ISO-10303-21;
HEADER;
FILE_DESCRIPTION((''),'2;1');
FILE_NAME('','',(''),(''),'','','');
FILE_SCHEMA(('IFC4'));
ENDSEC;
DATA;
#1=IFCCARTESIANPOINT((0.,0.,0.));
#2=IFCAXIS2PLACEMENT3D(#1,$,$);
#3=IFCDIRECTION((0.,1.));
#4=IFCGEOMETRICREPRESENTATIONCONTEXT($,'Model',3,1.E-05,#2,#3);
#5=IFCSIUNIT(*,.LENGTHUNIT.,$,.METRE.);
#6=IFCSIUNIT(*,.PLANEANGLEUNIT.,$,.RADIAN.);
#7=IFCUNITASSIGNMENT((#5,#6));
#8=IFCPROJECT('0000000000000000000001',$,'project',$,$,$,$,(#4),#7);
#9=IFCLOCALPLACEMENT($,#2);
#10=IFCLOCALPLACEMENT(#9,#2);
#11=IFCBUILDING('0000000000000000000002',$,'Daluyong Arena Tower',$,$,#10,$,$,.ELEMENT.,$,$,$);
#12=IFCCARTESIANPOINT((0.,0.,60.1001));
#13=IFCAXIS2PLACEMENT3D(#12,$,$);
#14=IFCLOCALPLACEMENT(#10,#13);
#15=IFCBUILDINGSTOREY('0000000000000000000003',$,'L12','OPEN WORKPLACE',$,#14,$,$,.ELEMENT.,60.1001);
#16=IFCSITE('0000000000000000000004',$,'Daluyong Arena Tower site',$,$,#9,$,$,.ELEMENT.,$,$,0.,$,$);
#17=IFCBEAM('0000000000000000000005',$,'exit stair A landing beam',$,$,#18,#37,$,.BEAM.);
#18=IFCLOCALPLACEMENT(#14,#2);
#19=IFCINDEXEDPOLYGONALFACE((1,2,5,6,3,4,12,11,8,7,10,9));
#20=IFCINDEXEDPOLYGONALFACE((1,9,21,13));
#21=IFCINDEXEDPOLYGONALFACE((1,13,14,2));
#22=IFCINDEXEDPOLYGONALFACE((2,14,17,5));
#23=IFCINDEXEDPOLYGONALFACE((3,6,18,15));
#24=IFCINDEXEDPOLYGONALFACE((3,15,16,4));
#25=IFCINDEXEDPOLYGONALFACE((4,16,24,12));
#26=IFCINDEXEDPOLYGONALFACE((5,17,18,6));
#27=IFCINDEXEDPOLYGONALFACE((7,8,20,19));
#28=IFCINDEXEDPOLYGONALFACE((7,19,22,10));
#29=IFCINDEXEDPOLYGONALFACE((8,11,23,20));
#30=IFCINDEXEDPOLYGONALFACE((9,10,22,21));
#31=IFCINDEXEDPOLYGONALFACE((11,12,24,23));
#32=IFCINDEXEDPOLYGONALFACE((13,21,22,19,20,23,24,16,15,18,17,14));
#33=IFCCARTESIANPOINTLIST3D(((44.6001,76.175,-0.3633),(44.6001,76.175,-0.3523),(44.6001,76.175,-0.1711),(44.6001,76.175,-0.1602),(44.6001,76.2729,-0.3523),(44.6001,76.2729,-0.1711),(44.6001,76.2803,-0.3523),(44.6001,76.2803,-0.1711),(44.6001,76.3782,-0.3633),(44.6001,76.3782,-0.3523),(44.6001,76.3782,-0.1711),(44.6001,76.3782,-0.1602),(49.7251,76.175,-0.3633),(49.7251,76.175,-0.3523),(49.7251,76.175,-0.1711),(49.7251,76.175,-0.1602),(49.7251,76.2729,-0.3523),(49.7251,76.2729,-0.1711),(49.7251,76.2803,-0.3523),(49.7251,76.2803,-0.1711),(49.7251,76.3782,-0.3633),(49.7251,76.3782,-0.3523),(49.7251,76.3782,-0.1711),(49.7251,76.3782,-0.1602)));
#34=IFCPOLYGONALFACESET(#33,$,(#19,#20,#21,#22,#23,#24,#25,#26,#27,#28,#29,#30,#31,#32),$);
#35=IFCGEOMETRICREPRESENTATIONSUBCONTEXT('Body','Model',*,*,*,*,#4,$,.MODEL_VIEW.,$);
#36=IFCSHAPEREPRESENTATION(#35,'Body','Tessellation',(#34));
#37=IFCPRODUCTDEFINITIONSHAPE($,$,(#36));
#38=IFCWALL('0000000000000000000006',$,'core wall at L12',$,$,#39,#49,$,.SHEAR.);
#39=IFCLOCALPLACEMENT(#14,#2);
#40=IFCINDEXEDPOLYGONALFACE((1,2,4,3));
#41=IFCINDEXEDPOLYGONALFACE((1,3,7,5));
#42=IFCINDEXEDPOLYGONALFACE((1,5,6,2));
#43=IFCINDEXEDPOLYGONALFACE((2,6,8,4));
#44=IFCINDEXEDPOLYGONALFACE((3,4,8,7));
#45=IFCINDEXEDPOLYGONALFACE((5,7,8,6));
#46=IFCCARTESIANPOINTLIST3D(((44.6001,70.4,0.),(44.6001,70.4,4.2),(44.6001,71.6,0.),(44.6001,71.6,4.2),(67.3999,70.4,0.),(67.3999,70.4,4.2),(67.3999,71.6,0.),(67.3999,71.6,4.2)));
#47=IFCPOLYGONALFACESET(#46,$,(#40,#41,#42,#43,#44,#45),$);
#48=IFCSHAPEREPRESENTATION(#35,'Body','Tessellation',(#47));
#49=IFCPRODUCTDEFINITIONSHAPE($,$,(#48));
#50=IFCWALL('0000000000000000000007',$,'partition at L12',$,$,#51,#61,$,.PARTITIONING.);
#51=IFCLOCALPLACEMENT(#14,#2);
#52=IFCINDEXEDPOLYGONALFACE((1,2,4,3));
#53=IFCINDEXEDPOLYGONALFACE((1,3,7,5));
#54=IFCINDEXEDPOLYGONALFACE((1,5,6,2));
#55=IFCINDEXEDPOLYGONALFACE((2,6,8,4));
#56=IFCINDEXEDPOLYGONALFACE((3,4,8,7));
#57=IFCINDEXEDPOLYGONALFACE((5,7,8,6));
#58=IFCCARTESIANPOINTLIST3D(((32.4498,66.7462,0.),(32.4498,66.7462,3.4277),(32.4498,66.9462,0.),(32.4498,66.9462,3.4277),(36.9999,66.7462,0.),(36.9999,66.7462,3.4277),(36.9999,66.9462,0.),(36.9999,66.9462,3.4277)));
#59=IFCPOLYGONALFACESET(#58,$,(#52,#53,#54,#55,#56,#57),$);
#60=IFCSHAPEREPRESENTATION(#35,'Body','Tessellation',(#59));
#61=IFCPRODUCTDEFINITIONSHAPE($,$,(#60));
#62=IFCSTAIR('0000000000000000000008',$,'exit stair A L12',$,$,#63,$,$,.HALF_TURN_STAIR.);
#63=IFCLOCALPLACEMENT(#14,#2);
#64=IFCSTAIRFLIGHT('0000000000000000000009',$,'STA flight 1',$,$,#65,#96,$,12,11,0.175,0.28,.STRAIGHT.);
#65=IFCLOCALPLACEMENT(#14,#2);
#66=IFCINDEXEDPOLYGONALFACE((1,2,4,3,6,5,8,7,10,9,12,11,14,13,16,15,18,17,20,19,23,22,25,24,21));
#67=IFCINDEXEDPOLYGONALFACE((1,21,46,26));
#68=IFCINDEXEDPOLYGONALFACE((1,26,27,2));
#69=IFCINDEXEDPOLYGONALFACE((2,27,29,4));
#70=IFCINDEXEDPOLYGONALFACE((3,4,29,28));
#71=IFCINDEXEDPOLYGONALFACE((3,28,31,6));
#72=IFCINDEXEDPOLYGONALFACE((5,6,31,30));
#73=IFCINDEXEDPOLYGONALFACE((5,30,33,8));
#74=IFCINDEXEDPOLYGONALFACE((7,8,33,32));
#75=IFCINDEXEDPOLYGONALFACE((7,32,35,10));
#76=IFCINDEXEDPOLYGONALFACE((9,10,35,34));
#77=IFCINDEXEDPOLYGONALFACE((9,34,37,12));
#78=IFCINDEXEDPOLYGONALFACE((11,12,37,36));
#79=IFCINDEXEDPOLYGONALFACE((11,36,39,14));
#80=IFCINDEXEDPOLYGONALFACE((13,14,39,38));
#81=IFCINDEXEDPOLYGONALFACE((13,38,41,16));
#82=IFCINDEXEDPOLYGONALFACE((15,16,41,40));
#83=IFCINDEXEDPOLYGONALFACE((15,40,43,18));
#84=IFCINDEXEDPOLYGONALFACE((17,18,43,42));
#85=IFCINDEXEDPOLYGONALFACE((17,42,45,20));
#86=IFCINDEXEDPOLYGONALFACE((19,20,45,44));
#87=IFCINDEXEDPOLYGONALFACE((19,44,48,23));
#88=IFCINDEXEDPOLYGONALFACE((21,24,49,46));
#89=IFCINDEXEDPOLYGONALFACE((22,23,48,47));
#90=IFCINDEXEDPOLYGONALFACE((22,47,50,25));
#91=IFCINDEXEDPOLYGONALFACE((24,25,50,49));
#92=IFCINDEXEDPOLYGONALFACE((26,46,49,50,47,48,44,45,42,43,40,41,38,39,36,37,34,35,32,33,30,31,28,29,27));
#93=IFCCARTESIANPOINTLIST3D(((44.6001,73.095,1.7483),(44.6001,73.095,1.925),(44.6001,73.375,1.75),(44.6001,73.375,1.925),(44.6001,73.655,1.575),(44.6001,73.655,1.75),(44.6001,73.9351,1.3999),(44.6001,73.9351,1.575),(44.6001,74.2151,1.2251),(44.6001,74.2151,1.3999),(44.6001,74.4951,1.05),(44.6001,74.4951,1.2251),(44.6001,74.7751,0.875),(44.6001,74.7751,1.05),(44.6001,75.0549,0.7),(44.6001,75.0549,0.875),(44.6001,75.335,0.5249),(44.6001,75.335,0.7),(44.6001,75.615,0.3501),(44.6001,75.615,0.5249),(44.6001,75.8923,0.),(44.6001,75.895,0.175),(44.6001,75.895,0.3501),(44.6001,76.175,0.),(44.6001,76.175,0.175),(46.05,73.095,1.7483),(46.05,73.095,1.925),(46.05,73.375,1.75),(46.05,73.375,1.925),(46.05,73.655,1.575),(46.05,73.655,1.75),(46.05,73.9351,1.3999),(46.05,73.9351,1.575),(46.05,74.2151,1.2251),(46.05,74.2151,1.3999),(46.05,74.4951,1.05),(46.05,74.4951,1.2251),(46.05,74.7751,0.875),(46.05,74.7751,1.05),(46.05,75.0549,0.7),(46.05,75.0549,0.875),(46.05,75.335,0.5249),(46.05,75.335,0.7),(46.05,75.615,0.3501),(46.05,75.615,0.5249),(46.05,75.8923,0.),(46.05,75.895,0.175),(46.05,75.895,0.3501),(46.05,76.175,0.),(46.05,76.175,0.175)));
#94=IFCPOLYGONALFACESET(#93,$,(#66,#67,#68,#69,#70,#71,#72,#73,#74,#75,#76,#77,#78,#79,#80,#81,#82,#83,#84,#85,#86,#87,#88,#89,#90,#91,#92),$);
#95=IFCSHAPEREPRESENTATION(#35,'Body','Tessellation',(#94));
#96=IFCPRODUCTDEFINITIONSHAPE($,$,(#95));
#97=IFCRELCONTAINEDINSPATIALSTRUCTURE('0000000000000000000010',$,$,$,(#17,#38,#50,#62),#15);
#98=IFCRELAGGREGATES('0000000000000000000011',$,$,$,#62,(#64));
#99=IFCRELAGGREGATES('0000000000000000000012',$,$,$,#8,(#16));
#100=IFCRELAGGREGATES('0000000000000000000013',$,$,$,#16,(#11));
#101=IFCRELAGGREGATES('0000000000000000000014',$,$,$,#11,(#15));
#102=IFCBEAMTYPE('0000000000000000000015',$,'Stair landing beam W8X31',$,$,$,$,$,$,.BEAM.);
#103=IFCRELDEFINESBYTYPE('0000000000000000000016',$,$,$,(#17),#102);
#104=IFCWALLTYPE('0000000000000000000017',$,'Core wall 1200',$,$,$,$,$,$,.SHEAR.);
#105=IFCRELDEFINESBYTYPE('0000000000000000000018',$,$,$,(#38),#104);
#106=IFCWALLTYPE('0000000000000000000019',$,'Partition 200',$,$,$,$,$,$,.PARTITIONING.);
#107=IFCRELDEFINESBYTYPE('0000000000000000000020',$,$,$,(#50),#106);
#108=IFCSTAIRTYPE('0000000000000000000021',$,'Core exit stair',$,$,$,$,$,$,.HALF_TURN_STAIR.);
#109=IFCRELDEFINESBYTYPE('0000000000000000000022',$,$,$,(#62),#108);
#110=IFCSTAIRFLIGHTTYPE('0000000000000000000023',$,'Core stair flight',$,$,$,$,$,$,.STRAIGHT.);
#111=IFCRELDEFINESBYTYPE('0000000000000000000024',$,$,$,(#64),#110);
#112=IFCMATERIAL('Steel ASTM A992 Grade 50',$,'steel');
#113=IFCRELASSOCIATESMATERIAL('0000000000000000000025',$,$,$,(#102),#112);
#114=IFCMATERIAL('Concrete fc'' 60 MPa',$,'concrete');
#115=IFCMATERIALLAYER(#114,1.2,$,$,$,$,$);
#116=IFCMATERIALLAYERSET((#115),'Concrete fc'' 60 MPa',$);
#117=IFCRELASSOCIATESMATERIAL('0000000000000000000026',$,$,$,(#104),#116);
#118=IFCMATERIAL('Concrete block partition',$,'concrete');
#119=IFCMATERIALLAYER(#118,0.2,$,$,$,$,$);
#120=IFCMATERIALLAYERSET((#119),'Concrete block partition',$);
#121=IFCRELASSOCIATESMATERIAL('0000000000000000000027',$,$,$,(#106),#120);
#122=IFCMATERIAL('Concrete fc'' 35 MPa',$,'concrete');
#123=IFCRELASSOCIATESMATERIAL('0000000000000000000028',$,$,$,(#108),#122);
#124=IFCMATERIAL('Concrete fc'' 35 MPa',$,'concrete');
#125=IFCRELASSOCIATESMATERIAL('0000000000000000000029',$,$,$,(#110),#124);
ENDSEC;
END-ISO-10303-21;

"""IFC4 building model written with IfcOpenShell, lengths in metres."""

from ifc_helpers import new_model, si_unit, direction, frame, frame_2d, origin, origin_2d, place, context, subcontext, project, spatial, polyline, rectangle, i_section, outline, extrude, material, layer, layer_set, material_profile, profile_set, type_object, element, aggregate, save


model = new_model("IFC4")

# Units and contexts
model_context = context("Model", 3, precision=1e-05, world=origin(), true_north=direction((0.0, 1.0)))
body_context = subcontext(model_context, "Body", "Model", "MODEL_VIEW")
ifc_project = project(units=[si_unit("LENGTHUNIT", "METRE"), si_unit("PLANEANGLEUNIT", "RADIAN")], contexts=[model_context])

# Site, building, storey
site_placement = place(None, origin())
site = spatial("IfcSite", under=ifc_project, at=site_placement, Name="Daluyong Arena Tower site", CompositionType="ELEMENT", RefElevation=0.0)
building_placement = place(site_placement, origin())
building = spatial("IfcBuilding", under=site, at=building_placement, Name="Daluyong Arena Tower", CompositionType="ELEMENT")
storey_placement = place(building_placement, frame((0.0, 0.0, 60.1001)))
storey = spatial("IfcBuildingStorey", under=building, at=storey_placement, Name="L12", Description="OPEN WORKPLACE", CompositionType="ELEMENT", Elevation=60.1001)

# Beam
ifc_material_1 = material(Name="Steel ASTM A992 Grade 50", Category="steel")
ifc_material_profile_1 = material_profile(ifc_material_1, i_section(OverallWidth=0.2031, OverallDepth=0.2031, WebThickness=0.0073, FlangeThickness=0.011, at=origin_2d()))
ifc_profile_set_1 = profile_set([ifc_material_profile_1], Name="Steel ASTM A992 Grade 50")
beam_type_1 = type_object("IfcBeamType", Name="Stair landing beam W8X31", PredefinedType="BEAM", material=ifc_profile_set_1)
beam_1_placement = place(storey_placement, frame((44.6001, 76.2766, -0.2617), z_axis=(1.0, 0.0, 0.0), x_axis=(0.0, 1.0, 0.0)))
element("IfcBeam", 1, at=beam_1_placement, inside=storey, type_object=beam_type_1, Name="exit stair A landing beam", PredefinedType="BEAM", context=body_context, shape_type="SweptSolid", body=[
    extrude(i_section(OverallWidth=0.2031, OverallDepth=0.2031, WebThickness=0.0073, FlangeThickness=0.011, at=origin_2d()), origin(), (0.0, 0.0, 1.0), 5.125),
])

# Shared definitions
ifc_material_2 = material(Name="Concrete fc' 60 MPa", Category="concrete")
ifc_layer_1 = layer(ifc_material_2, 1.2)
ifc_layer_set_1 = layer_set([ifc_layer_1], Name="Concrete fc' 60 MPa")
wall_type_1 = type_object("IfcWallType", Name="Core wall 1200", PredefinedType="SHEAR", material=ifc_layer_set_1)

# Walls
wall_1_placement = place(storey_placement, frame((44.6001, 71.0, 0.0), z_axis=(0.0, 0.0, 1.0), x_axis=(1.0, 0.0, 0.0)))
element("IfcWall", 2, at=wall_1_placement, inside=storey, type_object=wall_type_1, Name="core wall at L12", PredefinedType="SHEAR", context=body_context, shape_type="SweptSolid", body=[
    extrude(rectangle(XDim=22.7998, YDim=1.2, at=frame_2d((11.3999, 0.0))), origin(), (0.0, 0.0, 1.0), 4.2),
])
ifc_material_3 = material(Name="Concrete block partition", Category="concrete")
ifc_layer_2 = layer(ifc_material_3, 0.2)
ifc_layer_set_2 = layer_set([ifc_layer_2], Name="Concrete block partition")
wall_type_2 = type_object("IfcWallType", Name="Partition 200", PredefinedType="PARTITIONING", material=ifc_layer_set_2)
wall_2_placement = place(storey_placement, frame((32.45, 66.8462, 0.0), z_axis=(0.0, 0.0, 1.0), x_axis=(1.0, 0.0, 0.0)))
element("IfcWall", 3, at=wall_2_placement, inside=storey, type_object=wall_type_2, Name="partition at L12", PredefinedType="PARTITIONING", context=body_context, shape_type="SweptSolid", body=[
    extrude(rectangle(XDim=4.55, YDim=0.2, at=frame_2d((2.2749, 0.0))), origin(), (0.0, 0.0, 1.0), 3.4277),
])

# Stair, stair flight
ifc_material_4 = material(Name="Concrete fc' 35 MPa", Category="concrete")
stair_type = type_object("IfcStairType", Name="Core exit stair", PredefinedType="HALF_TURN_STAIR", material=ifc_material_4)
stair_placement = place(storey_placement, origin())
stair = element("IfcStair", 4, at=stair_placement, inside=storey, type_object=stair_type, Name="exit stair A L12", PredefinedType="HALF_TURN_STAIR")
ifc_material_5 = material(Name="Concrete fc' 35 MPa", Category="concrete")
stair_flight_type = type_object("IfcStairFlightType", Name="Core stair flight", PredefinedType="STRAIGHT", material=ifc_material_5)
stair_flight_placement = place(storey_placement, frame((45.325, 76.175, 0.0), z_axis=(0.0, 0.0, 1.0), x_axis=(0.0, -1.0, 0.0)))
stair_flight = element("IfcStairFlight", 5, at=stair_flight_placement, type_object=stair_flight_type, Name="STA flight 1", NumberOfRisers=12, NumberOfTreads=11, PredefinedType="STRAIGHT", RiserHeight=0.175, TreadLength=0.28, context=body_context, shape_type="SweptSolid", body=[
    extrude(outline(polyline([(0.0, 0.0), (0.0, 0.175), (0.28, 0.175), (0.28, 0.3501), (0.5601, 0.3501), (0.5601, 0.5249), (0.8401, 0.5249), (0.8401, 0.7), (1.1201, 0.7), (1.1201, 0.875), (1.3999, 0.875), (1.3999, 1.05), (1.6799, 1.05), (1.6799, 1.2251), (1.96, 1.2251), (1.96, 1.3999), (2.24, 1.3999), (2.24, 1.575), (2.52, 1.575), (2.52, 1.75), (2.8, 1.75), (2.8, 1.925), (3.0801, 1.925), (3.0801, 2.1001), (3.0801, 1.7483), (0.2827, 0.0), (0.0, 0.0)])), frame((0.0, 0.7251, 0.0), z_axis=(0.0, -1.0, 0.0), x_axis=(1.0, 0.0, 0.0)), (0.0, 0.0, 1.0), 1.45),
])
aggregate(stair, [stair_flight])

save(model, "model.ifc")
